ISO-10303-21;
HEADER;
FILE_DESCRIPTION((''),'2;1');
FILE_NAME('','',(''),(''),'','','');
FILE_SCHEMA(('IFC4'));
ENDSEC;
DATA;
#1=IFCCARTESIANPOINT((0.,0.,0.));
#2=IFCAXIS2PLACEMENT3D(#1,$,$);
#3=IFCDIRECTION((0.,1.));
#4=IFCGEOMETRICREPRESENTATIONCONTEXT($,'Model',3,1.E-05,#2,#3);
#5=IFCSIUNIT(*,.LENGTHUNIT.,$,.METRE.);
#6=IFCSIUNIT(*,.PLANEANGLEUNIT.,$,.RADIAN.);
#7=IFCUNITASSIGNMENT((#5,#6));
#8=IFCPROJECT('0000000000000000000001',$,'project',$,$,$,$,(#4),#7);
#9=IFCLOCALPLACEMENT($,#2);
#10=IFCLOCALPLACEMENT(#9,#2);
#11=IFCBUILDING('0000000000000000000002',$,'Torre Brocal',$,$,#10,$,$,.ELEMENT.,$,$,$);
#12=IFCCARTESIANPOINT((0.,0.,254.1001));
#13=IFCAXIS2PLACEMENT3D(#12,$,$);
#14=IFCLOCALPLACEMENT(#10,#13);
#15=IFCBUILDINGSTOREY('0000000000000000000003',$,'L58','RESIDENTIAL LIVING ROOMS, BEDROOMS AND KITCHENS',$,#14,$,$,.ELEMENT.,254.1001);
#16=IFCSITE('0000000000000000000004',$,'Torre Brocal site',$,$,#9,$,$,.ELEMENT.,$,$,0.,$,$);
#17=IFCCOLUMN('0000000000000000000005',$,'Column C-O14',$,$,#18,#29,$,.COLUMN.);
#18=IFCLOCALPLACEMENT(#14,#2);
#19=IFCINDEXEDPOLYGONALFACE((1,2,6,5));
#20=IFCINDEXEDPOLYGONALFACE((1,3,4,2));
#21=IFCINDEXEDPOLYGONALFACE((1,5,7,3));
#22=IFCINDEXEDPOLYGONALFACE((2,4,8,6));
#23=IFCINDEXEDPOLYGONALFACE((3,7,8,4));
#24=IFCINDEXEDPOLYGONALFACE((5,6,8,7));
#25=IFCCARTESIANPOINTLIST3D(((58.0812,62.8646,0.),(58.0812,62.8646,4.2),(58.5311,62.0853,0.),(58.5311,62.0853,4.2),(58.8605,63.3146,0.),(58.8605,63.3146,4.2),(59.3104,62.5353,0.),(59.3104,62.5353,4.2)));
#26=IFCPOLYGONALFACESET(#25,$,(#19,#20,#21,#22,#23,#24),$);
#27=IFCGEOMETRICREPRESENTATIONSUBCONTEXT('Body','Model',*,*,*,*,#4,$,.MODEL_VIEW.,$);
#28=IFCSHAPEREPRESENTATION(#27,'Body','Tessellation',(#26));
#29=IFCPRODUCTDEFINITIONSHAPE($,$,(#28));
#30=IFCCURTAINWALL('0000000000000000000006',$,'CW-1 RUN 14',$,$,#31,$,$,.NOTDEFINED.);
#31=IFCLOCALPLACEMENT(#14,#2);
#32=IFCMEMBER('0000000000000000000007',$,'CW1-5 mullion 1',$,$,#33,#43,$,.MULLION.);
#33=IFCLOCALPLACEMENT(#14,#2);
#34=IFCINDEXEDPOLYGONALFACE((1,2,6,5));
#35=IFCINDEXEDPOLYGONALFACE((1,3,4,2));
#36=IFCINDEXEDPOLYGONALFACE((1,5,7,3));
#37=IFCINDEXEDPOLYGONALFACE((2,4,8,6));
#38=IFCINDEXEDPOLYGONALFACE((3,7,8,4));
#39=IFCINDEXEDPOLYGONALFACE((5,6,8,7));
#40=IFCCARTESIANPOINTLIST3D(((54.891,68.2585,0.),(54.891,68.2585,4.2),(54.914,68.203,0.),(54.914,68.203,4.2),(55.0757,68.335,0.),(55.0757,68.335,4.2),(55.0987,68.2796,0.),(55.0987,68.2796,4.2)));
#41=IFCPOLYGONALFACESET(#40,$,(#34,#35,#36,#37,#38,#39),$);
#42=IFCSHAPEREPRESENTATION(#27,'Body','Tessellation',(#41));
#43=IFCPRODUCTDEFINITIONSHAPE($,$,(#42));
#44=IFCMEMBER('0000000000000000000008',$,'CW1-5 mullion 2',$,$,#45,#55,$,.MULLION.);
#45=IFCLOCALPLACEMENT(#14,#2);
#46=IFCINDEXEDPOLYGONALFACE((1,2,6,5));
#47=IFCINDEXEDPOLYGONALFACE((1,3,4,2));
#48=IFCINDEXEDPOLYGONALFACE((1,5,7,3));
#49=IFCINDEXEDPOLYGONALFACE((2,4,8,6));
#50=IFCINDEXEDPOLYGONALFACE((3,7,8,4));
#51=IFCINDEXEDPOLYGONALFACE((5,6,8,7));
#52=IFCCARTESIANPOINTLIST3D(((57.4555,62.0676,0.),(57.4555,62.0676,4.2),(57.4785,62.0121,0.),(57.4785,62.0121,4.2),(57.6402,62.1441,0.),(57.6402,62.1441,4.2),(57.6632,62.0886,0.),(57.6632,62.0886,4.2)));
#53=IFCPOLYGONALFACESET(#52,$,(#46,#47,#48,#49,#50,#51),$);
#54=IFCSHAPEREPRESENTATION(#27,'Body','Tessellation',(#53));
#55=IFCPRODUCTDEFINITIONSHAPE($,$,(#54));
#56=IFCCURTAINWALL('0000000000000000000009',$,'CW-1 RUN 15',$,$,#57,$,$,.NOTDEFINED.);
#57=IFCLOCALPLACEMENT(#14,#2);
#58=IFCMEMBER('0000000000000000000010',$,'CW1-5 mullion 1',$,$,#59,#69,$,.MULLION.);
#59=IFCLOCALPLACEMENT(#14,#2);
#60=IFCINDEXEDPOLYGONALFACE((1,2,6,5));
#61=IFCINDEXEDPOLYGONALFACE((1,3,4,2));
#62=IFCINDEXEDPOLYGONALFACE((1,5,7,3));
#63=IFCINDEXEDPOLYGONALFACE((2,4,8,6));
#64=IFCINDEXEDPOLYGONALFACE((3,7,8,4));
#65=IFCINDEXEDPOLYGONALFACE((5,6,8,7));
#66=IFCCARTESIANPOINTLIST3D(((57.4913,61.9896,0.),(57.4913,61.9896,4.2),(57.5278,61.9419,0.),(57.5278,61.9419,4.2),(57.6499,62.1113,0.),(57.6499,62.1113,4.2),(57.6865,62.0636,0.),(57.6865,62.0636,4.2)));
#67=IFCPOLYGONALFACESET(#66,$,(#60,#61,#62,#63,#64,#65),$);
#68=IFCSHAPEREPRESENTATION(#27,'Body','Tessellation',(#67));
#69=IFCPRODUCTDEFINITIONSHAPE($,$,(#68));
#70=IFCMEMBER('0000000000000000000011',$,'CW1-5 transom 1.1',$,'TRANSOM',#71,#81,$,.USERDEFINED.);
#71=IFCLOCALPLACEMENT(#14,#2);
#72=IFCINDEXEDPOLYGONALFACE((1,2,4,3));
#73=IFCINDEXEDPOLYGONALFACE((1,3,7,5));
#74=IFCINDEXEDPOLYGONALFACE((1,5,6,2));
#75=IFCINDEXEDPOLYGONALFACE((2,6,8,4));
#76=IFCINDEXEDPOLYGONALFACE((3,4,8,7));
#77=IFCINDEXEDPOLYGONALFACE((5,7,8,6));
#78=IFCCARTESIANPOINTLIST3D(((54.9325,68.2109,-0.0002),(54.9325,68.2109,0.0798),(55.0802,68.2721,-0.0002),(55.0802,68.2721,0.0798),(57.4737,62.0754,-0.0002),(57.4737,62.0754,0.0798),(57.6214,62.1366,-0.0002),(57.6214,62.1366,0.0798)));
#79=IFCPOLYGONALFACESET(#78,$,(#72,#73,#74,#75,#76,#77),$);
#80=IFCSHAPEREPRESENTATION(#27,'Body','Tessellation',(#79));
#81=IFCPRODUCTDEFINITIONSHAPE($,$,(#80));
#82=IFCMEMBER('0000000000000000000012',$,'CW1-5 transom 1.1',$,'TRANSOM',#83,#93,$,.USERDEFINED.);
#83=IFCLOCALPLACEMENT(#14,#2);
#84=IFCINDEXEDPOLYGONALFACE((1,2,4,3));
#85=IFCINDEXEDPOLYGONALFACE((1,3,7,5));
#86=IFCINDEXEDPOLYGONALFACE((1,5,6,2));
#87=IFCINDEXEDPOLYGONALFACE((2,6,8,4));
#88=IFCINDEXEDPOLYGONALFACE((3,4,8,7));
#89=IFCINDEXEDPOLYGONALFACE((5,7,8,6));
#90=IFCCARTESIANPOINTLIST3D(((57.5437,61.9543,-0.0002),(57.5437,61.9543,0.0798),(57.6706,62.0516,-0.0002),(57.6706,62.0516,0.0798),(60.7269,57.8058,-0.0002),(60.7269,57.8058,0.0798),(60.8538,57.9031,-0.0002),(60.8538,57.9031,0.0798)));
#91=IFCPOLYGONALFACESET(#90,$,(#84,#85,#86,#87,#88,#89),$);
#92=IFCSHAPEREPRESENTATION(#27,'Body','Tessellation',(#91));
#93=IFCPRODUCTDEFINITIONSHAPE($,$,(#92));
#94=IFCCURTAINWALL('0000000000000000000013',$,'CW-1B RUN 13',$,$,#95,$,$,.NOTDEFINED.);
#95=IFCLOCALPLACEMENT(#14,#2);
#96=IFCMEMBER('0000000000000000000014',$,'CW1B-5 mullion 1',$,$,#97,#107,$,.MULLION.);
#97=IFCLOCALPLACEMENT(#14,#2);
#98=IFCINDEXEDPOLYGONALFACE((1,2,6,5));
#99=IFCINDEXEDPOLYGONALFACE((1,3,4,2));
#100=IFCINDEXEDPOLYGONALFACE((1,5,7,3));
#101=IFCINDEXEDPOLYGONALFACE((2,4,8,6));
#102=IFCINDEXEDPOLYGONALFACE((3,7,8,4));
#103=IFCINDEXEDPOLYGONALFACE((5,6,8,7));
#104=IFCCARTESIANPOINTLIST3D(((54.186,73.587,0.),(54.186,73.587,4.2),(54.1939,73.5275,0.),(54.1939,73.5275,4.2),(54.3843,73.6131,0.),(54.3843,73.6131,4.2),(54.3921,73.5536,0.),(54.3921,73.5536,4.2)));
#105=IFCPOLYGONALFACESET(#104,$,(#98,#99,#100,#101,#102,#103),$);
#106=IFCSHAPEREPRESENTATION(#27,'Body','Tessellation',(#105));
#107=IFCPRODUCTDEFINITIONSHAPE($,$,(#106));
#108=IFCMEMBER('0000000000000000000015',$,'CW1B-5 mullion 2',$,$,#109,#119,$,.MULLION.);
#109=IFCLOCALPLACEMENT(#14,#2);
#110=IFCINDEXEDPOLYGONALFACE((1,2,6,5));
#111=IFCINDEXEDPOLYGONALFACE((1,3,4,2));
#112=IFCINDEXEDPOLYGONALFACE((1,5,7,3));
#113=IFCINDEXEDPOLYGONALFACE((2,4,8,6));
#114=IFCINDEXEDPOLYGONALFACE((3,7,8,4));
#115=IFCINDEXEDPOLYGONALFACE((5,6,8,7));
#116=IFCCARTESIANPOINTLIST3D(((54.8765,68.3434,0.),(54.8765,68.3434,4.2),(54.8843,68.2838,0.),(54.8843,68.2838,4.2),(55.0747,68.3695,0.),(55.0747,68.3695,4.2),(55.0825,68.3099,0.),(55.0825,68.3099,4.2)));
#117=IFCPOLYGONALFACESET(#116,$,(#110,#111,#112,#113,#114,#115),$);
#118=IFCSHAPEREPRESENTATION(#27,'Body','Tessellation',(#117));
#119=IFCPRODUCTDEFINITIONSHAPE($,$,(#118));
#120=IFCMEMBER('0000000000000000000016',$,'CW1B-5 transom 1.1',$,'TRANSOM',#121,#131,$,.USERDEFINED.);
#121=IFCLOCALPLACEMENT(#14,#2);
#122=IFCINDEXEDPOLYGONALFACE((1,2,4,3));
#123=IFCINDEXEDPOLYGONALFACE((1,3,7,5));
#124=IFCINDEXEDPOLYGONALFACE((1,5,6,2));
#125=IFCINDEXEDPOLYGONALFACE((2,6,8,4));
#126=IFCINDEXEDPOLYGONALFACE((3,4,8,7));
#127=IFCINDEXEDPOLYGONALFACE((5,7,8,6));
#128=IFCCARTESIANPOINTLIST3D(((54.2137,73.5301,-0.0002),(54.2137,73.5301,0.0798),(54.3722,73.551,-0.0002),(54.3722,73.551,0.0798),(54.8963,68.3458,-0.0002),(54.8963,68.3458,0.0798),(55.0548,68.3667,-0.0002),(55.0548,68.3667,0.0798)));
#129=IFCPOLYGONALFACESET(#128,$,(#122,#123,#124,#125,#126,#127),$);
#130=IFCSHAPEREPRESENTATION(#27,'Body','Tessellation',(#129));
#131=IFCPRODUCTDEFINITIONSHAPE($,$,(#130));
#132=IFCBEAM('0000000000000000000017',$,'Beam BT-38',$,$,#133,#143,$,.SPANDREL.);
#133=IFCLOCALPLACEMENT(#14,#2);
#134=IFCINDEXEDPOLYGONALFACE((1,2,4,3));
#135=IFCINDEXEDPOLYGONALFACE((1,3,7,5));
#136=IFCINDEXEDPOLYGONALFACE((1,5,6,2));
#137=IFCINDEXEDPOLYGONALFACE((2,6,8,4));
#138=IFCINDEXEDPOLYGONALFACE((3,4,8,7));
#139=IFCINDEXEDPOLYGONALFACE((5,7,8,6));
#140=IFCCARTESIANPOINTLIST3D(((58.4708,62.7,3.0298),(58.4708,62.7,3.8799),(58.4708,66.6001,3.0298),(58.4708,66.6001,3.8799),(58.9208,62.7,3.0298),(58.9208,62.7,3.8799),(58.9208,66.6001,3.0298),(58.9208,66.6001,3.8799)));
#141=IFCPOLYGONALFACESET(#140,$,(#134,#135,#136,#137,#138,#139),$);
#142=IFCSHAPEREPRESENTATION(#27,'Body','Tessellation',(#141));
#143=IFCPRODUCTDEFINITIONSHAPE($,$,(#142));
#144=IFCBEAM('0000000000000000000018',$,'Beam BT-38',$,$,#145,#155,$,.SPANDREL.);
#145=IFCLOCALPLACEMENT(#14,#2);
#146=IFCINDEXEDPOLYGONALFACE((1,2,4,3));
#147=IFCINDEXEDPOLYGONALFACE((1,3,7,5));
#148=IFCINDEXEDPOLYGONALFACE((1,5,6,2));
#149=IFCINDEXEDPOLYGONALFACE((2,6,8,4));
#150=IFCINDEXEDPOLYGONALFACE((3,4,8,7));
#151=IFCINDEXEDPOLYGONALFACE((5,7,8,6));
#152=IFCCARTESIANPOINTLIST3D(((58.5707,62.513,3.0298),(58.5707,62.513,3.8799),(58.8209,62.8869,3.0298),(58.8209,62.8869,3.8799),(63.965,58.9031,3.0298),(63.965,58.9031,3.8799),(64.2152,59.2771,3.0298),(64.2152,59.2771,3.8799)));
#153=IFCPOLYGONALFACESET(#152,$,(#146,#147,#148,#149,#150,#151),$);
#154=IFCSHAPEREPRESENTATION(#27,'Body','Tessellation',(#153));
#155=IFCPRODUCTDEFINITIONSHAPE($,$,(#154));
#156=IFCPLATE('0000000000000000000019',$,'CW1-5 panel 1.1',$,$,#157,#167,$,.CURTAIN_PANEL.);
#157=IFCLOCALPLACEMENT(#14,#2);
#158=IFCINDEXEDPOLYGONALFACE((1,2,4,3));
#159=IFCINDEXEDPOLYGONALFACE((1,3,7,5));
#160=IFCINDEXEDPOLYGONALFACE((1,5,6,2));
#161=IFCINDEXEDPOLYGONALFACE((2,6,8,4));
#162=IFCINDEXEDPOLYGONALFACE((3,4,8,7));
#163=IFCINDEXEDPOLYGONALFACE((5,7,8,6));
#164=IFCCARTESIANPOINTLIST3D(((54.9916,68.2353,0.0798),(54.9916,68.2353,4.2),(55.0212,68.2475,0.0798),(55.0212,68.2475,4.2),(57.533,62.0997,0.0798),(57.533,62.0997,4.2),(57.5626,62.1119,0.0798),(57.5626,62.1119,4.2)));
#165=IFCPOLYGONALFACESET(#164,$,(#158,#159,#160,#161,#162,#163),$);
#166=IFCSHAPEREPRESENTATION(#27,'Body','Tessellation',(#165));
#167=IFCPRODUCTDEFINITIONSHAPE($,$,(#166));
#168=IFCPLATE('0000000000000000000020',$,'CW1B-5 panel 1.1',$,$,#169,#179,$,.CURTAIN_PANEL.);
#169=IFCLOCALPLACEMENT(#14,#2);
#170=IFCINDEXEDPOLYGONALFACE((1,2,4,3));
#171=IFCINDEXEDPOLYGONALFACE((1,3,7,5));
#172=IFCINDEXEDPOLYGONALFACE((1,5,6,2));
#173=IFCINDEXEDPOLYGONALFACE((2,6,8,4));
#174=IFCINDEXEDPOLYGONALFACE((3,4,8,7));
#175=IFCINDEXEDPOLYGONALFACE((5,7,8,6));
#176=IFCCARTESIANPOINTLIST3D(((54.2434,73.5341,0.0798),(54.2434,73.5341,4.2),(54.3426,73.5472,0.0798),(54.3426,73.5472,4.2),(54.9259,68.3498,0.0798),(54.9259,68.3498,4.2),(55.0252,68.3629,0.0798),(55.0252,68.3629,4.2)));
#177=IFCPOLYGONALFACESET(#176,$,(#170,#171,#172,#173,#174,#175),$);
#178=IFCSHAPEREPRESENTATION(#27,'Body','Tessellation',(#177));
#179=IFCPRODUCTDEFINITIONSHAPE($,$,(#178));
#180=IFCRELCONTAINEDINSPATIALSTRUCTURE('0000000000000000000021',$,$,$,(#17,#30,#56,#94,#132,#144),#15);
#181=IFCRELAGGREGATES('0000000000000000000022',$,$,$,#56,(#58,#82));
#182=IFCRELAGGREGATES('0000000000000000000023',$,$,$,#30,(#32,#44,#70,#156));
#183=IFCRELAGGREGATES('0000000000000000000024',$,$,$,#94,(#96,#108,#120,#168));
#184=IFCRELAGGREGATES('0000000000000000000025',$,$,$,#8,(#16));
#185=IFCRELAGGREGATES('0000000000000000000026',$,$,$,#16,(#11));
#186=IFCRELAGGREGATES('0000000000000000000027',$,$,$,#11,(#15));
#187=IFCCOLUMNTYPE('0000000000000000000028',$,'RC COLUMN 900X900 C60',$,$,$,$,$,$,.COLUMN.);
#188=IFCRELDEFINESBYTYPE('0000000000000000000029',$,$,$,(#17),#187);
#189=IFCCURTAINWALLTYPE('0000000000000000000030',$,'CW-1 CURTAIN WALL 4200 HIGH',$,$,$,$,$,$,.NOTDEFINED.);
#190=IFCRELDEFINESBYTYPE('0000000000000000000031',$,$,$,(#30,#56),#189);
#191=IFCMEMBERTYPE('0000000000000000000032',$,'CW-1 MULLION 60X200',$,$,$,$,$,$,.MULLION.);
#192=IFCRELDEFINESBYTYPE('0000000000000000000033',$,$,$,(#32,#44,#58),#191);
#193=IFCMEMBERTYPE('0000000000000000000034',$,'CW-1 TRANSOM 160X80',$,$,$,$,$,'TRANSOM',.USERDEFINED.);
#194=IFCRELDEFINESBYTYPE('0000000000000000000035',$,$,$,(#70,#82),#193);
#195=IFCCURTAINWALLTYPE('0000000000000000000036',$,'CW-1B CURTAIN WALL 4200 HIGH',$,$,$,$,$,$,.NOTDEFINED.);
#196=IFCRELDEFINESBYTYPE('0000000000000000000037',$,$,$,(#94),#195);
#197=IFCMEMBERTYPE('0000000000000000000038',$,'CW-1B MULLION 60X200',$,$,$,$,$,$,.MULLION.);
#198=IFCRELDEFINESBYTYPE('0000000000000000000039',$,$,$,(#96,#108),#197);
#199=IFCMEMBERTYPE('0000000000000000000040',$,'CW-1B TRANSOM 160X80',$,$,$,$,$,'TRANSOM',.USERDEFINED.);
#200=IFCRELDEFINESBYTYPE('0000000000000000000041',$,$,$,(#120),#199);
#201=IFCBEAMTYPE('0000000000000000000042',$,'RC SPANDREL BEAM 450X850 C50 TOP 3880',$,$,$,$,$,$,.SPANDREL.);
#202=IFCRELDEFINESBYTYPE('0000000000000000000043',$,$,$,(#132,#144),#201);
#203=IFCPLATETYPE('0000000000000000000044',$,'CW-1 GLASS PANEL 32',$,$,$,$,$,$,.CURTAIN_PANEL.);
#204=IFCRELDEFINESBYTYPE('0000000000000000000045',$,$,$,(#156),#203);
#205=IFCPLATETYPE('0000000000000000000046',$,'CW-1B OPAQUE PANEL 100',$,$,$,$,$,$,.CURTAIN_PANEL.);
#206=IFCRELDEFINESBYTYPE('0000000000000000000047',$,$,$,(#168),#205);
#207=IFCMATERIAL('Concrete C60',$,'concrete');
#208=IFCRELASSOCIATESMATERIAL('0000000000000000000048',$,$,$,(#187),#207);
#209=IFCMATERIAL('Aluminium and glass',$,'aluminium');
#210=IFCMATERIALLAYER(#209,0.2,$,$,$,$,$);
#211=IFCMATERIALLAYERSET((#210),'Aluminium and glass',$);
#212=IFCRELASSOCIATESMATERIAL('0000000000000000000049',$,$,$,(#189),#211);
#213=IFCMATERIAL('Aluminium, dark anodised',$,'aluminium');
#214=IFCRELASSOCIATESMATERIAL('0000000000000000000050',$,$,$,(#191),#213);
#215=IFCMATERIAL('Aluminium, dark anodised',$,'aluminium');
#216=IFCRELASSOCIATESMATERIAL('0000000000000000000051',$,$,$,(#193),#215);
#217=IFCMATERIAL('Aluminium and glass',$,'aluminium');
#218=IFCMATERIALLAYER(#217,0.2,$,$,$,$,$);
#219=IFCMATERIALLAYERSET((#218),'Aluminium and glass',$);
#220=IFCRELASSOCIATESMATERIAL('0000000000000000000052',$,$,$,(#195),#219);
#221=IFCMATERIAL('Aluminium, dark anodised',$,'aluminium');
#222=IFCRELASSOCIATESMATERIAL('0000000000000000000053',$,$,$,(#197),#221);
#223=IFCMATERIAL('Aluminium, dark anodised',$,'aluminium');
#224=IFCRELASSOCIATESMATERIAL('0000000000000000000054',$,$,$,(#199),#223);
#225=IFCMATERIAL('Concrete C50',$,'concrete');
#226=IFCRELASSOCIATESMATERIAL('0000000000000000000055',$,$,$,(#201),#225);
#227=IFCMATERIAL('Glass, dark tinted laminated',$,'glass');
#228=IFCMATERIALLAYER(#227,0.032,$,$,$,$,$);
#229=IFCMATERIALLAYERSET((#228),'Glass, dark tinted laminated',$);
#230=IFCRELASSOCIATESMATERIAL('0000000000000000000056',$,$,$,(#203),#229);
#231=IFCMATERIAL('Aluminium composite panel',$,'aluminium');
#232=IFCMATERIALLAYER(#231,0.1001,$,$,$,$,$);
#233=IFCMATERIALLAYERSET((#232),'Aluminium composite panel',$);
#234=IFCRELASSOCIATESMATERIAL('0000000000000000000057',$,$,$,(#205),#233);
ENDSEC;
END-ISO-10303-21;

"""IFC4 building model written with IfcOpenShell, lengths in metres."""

from ifc_helpers import new_model, si_unit, direction, frame, origin, origin_2d, place, context, subcontext, project, spatial, rectangle, extrude, material, layer, layer_set, material_profile, profile_set, type_object, element, aggregate, save


model = new_model("IFC4")

# Units and contexts
model_context = context("Model", 3, precision=1e-05, world=origin(), true_north=direction((0.0, 1.0)))
body_context = subcontext(model_context, "Body", "Model", "MODEL_VIEW")
ifc_project = project(units=[si_unit("LENGTHUNIT", "METRE"), si_unit("PLANEANGLEUNIT", "RADIAN")], contexts=[model_context])

# Site, building, storey
site_placement = place(None, origin())
site = spatial("IfcSite", under=ifc_project, at=site_placement, Name="Torre Brocal site", CompositionType="ELEMENT", RefElevation=0.0)
building_placement = place(site_placement, origin())
building = spatial("IfcBuilding", under=site, at=building_placement, Name="Torre Brocal", CompositionType="ELEMENT")
storey_placement = place(building_placement, frame((0.0, 0.0, 254.1001)))
storey = spatial("IfcBuildingStorey", under=building, at=storey_placement, Name="L58", Description="RESIDENTIAL LIVING ROOMS, BEDROOMS AND KITCHENS", CompositionType="ELEMENT", Elevation=254.1001)

# Column
ifc_material_1 = material(Name="Concrete C60", Category="concrete")
ifc_material_profile_1 = material_profile(ifc_material_1, rectangle(XDim=0.8999, YDim=0.8999, at=origin_2d()), Name="RC 900X900")
ifc_profile_set_1 = profile_set([ifc_material_profile_1], Name="Concrete C60")
column_type = type_object("IfcColumnType", Name="RC COLUMN 900X900 C60", PredefinedType="COLUMN", material=ifc_profile_set_1)
column_placement = place(storey_placement, frame((58.6958, 62.7, 0.0), z_axis=(0.0, 0.0, 1.0), x_axis=(-0.866025, -0.5, 0.0)))
element("IfcColumn", 1, at=column_placement, inside=storey, type_object=column_type, Name="Column C-O14", PredefinedType="COLUMN", context=body_context, shape_type="SweptSolid", body=[
    extrude(rectangle(XDim=0.8999, YDim=0.8999, at=origin_2d()), origin(), (0.0, 0.0, 1.0), 4.2),
])

# Curtain wall, members
ifc_material_2 = material(Name="Aluminium and glass", Category="aluminium")
ifc_layer_1 = layer(ifc_material_2, 0.2)
ifc_layer_set_1 = layer_set([ifc_layer_1], Name="Aluminium and glass")
curtain_wall_type_1 = type_object("IfcCurtainWallType", Name="CW-1 CURTAIN WALL 4200 HIGH", PredefinedType="NOTDEFINED", material=ifc_layer_set_1)
curtain_wall_1_placement = place(storey_placement, origin())
curtain_wall_1 = element("IfcCurtainWall", 2, at=curtain_wall_1_placement, inside=storey, type_object=curtain_wall_type_1, Name="CW-1 RUN 14", PredefinedType="NOTDEFINED")
ifc_material_3 = material(Name="Aluminium, dark anodised", Category="aluminium")
ifc_material_profile_2 = material_profile(ifc_material_3, rectangle(XDim=0.2, YDim=0.0601, at=origin_2d()), Name="CW-1 MULLION 60X200")
ifc_profile_set_2 = profile_set([ifc_material_profile_2], Name="Aluminium, dark anodised")
member_type_1 = type_object("IfcMemberType", Name="CW-1 MULLION 60X200", PredefinedType="MULLION", material=ifc_profile_set_2)
member_1_placement = place(storey_placement, frame((54.9949, 68.269, 0.0), z_axis=(0.0, 0.0, 1.0), x_axis=(0.92388, 0.382683, 0.0)))
member_1 = element("IfcMember", 3, at=member_1_placement, type_object=member_type_1, Name="CW1-5 mullion 1", PredefinedType="MULLION", context=body_context, shape_type="SweptSolid", body=[
    extrude(rectangle(XDim=0.2, YDim=0.0601, at=origin_2d()), origin(), (0.0, 0.0, 1.0), 4.2),
])
member_2_placement = place(storey_placement, frame((57.5593, 62.0781, 0.0), z_axis=(0.0, 0.0, 1.0), x_axis=(0.92388, 0.382683, 0.0)))
member_2 = element("IfcMember", 4, at=member_2_placement, type_object=member_type_1, Name="CW1-5 mullion 2", PredefinedType="MULLION", context=body_context, shape_type="SweptSolid", body=[
    extrude(rectangle(XDim=0.2, YDim=0.0601, at=origin_2d()), origin(), (0.0, 0.0, 1.0), 4.2),
])

# Curtain wall, member
curtain_wall_2_placement = place(storey_placement, origin())
curtain_wall_2 = element("IfcCurtainWall", 5, at=curtain_wall_2_placement, inside=storey, type_object=curtain_wall_type_1, Name="CW-1 RUN 15", PredefinedType="NOTDEFINED")
member_3_placement = place(storey_placement, frame((57.5889, 62.0266, 0.0), z_axis=(0.0, 0.0, 1.0), x_axis=(0.793353, 0.608761, 0.0)))
member_3 = element("IfcMember", 6, at=member_3_placement, type_object=member_type_1, Name="CW1-5 mullion 1", PredefinedType="MULLION", context=body_context, shape_type="SweptSolid", body=[
    extrude(rectangle(XDim=0.2, YDim=0.0601, at=origin_2d()), origin(), (0.0, 0.0, 1.0), 4.2),
])

# Members
ifc_material_4 = material(Name="Aluminium, dark anodised", Category="aluminium")
ifc_material_profile_3 = material_profile(ifc_material_4, rectangle(XDim=0.1599, YDim=0.0801, at=origin_2d()), Name="CW-1 TRANSOM 160X80")
ifc_profile_set_3 = profile_set([ifc_material_profile_3], Name="Aluminium, dark anodised")
member_type_2 = type_object("IfcMemberType", Name="CW-1 TRANSOM 160X80", ElementType="TRANSOM", PredefinedType="USERDEFINED", material=ifc_profile_set_3)
member_4_placement = place(storey_placement, frame((55.0063, 68.2415, 0.0398), z_axis=(0.382665, -0.923887, 0.0), x_axis=(0.923887, 0.382665, 0.0)))
member_4 = element("IfcMember", 7, at=member_4_placement, type_object=member_type_2, Name="CW1-5 transom 1.1", ObjectType="TRANSOM", PredefinedType="USERDEFINED", context=body_context, shape_type="SweptSolid", body=[
    extrude(rectangle(XDim=0.1599, YDim=0.0801, at=origin_2d()), origin(), (0.0, 0.0, 1.0), 6.6409),
])
member_5_placement = place(storey_placement, frame((57.6072, 62.0029, 0.0398), z_axis=(0.608749, -0.793363, 0.0), x_axis=(0.793363, 0.608749, 0.0)))
member_5 = element("IfcMember", 8, at=member_5_placement, type_object=member_type_2, Name="CW1-5 transom 1.1", ObjectType="TRANSOM", PredefinedType="USERDEFINED", context=body_context, shape_type="SweptSolid", body=[
    extrude(rectangle(XDim=0.1599, YDim=0.0801, at=origin_2d()), origin(), (0.0, 0.0, 1.0), 5.229),
])
aggregate(curtain_wall_2, [member_3, member_5])

# Curtain wall, members
ifc_material_5 = material(Name="Aluminium and glass", Category="aluminium")
ifc_layer_2 = layer(ifc_material_5, 0.2)
ifc_layer_set_2 = layer_set([ifc_layer_2], Name="Aluminium and glass")
curtain_wall_type_2 = type_object("IfcCurtainWallType", Name="CW-1B CURTAIN WALL 4200 HIGH", PredefinedType="NOTDEFINED", material=ifc_layer_set_2)
curtain_wall_3_placement = place(storey_placement, origin())
curtain_wall_3 = element("IfcCurtainWall", 9, at=curtain_wall_3_placement, inside=storey, type_object=curtain_wall_type_2, Name="CW-1B RUN 13", PredefinedType="NOTDEFINED")
ifc_material_6 = material(Name="Aluminium, dark anodised", Category="aluminium")
ifc_material_profile_4 = material_profile(ifc_material_6, rectangle(XDim=0.2, YDim=0.0601, at=origin_2d()), Name="CW-1B MULLION 60X200")
ifc_profile_set_4 = profile_set([ifc_material_profile_4], Name="Aluminium, dark anodised")
member_type_3 = type_object("IfcMemberType", Name="CW-1B MULLION 60X200", PredefinedType="MULLION", material=ifc_profile_set_4)
member_6_placement = place(storey_placement, frame((54.2891, 73.5703, 0.0), z_axis=(0.0, 0.0, 1.0), x_axis=(0.991445, 0.130526, 0.0)))
member_6 = element("IfcMember", 10, at=member_6_placement, type_object=member_type_3, Name="CW1B-5 mullion 1", PredefinedType="MULLION", context=body_context, shape_type="SweptSolid", body=[
    extrude(rectangle(XDim=0.2, YDim=0.0601, at=origin_2d()), origin(), (0.0, 0.0, 1.0), 4.2),
])
member_7_placement = place(storey_placement, frame((54.9795, 68.3267, 0.0), z_axis=(0.0, 0.0, 1.0), x_axis=(0.991445, 0.130526, 0.0)))
member_7 = element("IfcMember", 11, at=member_7_placement, type_object=member_type_3, Name="CW1B-5 mullion 2", PredefinedType="MULLION", context=body_context, shape_type="SweptSolid", body=[
    extrude(rectangle(XDim=0.2, YDim=0.0601, at=origin_2d()), origin(), (0.0, 0.0, 1.0), 4.2),
])
ifc_material_7 = material(Name="Aluminium, dark anodised", Category="aluminium")
ifc_material_profile_5 = material_profile(ifc_material_7, rectangle(XDim=0.1599, YDim=0.0801, at=origin_2d()), Name="CW-1B TRANSOM 160X80")
ifc_profile_set_5 = profile_set([ifc_material_profile_5], Name="Aluminium, dark anodised")
member_type_4 = type_object("IfcMemberType", Name="CW-1B TRANSOM 160X80", ElementType="TRANSOM", PredefinedType="USERDEFINED", material=ifc_profile_set_5)
member_8_placement = place(storey_placement, frame((54.293, 73.5405, 0.0398), z_axis=(0.130543, -0.991443, 0.0), x_axis=(0.991443, 0.130543, 0.0)))
member_8 = element("IfcMember", 12, at=member_8_placement, type_object=member_type_4, Name="CW1B-5 transom 1.1", ObjectType="TRANSOM", PredefinedType="USERDEFINED", context=body_context, shape_type="SweptSolid", body=[
    extrude(rectangle(XDim=0.1599, YDim=0.0801, at=origin_2d()), origin(), (0.0, 0.0, 1.0), 5.229),
])

# Beams
ifc_material_8 = material(Name="Concrete C50", Category="concrete")
ifc_material_profile_6 = material_profile(ifc_material_8, rectangle(XDim=0.45, YDim=0.8501, at=origin_2d()), Name="RC 450X850")
ifc_profile_set_6 = profile_set([ifc_material_profile_6], Name="Concrete C50")
beam_type = type_object("IfcBeamType", Name="RC SPANDREL BEAM 450X850 C50 TOP 3880", PredefinedType="SPANDREL", material=ifc_profile_set_6)
beam_1_placement = place(storey_placement, frame((58.6958, 62.7, 3.4548), z_axis=(0.0, 1.0, 0.0), x_axis=(-1.0, 0.0, 0.0)))
element("IfcBeam", 13, at=beam_1_placement, inside=storey, type_object=beam_type, Name="Beam BT-38", PredefinedType="SPANDREL", context=body_context, shape_type="SweptSolid", body=[
    extrude(rectangle(XDim=0.45, YDim=0.8501, at=origin_2d()), origin(), (0.0, 0.0, 1.0), 3.9001),
])
beam_2_placement = place(storey_placement, frame((58.6958, 62.7, 3.4548), z_axis=(0.831077, -0.556158, 0.0), x_axis=(0.556158, 0.831077, 0.0)))
element("IfcBeam", 14, at=beam_2_placement, inside=storey, type_object=beam_type, Name="Beam BT-38", PredefinedType="SPANDREL", context=body_context, shape_type="SweptSolid", body=[
    extrude(rectangle(XDim=0.45, YDim=0.8501, at=origin_2d()), origin(), (0.0, 0.0, 1.0), 6.4907),
])

# Plates
ifc_material_9 = material(Name="Glass, dark tinted laminated", Category="glass")
ifc_layer_3 = layer(ifc_material_9, 0.032)
ifc_layer_set_3 = layer_set([ifc_layer_3], Name="Glass, dark tinted laminated")
plate_type_1 = type_object("IfcPlateType", Name="CW-1 GLASS PANEL 32", PredefinedType="CURTAIN_PANEL", material=ifc_layer_set_3)
plate_1_placement = place(storey_placement, frame((56.2771, 65.1736, 0.0798), z_axis=(0.0, 0.0, 1.0), x_axis=(0.382683, -0.92388, 0.0)))
plate_1 = element("IfcPlate", 15, at=plate_1_placement, type_object=plate_type_1, Name="CW1-5 panel 1.1", PredefinedType="CURTAIN_PANEL", context=body_context, shape_type="SweptSolid", body=[
    extrude(rectangle(XDim=6.6411, YDim=0.032, at=origin_2d()), origin(), (0.0, 0.0, 1.0), 4.1201),
])
aggregate(curtain_wall_1, [member_1, member_2, member_4, plate_1])
ifc_material_10 = material(Name="Aluminium composite panel", Category="aluminium")
ifc_layer_4 = layer(ifc_material_10, 0.1001)
ifc_layer_set_4 = layer_set([ifc_layer_4], Name="Aluminium composite panel")
plate_type_2 = type_object("IfcPlateType", Name="CW-1B OPAQUE PANEL 100", PredefinedType="CURTAIN_PANEL", material=ifc_layer_set_4)
plate_2_placement = place(storey_placement, frame((54.6343, 70.9485, 0.0798), z_axis=(0.0, 0.0, 1.0), x_axis=(0.130526, -0.991445, 0.0)))
plate_2 = element("IfcPlate", 16, at=plate_2_placement, type_object=plate_type_2, Name="CW1B-5 panel 1.1", PredefinedType="CURTAIN_PANEL", context=body_context, shape_type="SweptSolid", body=[
    extrude(rectangle(XDim=5.229, YDim=0.1001, at=origin_2d()), origin(), (0.0, 0.0, 1.0), 4.1201),
])
aggregate(curtain_wall_3, [member_6, member_7, member_8, plate_2])

save(model, "model.ifc")
